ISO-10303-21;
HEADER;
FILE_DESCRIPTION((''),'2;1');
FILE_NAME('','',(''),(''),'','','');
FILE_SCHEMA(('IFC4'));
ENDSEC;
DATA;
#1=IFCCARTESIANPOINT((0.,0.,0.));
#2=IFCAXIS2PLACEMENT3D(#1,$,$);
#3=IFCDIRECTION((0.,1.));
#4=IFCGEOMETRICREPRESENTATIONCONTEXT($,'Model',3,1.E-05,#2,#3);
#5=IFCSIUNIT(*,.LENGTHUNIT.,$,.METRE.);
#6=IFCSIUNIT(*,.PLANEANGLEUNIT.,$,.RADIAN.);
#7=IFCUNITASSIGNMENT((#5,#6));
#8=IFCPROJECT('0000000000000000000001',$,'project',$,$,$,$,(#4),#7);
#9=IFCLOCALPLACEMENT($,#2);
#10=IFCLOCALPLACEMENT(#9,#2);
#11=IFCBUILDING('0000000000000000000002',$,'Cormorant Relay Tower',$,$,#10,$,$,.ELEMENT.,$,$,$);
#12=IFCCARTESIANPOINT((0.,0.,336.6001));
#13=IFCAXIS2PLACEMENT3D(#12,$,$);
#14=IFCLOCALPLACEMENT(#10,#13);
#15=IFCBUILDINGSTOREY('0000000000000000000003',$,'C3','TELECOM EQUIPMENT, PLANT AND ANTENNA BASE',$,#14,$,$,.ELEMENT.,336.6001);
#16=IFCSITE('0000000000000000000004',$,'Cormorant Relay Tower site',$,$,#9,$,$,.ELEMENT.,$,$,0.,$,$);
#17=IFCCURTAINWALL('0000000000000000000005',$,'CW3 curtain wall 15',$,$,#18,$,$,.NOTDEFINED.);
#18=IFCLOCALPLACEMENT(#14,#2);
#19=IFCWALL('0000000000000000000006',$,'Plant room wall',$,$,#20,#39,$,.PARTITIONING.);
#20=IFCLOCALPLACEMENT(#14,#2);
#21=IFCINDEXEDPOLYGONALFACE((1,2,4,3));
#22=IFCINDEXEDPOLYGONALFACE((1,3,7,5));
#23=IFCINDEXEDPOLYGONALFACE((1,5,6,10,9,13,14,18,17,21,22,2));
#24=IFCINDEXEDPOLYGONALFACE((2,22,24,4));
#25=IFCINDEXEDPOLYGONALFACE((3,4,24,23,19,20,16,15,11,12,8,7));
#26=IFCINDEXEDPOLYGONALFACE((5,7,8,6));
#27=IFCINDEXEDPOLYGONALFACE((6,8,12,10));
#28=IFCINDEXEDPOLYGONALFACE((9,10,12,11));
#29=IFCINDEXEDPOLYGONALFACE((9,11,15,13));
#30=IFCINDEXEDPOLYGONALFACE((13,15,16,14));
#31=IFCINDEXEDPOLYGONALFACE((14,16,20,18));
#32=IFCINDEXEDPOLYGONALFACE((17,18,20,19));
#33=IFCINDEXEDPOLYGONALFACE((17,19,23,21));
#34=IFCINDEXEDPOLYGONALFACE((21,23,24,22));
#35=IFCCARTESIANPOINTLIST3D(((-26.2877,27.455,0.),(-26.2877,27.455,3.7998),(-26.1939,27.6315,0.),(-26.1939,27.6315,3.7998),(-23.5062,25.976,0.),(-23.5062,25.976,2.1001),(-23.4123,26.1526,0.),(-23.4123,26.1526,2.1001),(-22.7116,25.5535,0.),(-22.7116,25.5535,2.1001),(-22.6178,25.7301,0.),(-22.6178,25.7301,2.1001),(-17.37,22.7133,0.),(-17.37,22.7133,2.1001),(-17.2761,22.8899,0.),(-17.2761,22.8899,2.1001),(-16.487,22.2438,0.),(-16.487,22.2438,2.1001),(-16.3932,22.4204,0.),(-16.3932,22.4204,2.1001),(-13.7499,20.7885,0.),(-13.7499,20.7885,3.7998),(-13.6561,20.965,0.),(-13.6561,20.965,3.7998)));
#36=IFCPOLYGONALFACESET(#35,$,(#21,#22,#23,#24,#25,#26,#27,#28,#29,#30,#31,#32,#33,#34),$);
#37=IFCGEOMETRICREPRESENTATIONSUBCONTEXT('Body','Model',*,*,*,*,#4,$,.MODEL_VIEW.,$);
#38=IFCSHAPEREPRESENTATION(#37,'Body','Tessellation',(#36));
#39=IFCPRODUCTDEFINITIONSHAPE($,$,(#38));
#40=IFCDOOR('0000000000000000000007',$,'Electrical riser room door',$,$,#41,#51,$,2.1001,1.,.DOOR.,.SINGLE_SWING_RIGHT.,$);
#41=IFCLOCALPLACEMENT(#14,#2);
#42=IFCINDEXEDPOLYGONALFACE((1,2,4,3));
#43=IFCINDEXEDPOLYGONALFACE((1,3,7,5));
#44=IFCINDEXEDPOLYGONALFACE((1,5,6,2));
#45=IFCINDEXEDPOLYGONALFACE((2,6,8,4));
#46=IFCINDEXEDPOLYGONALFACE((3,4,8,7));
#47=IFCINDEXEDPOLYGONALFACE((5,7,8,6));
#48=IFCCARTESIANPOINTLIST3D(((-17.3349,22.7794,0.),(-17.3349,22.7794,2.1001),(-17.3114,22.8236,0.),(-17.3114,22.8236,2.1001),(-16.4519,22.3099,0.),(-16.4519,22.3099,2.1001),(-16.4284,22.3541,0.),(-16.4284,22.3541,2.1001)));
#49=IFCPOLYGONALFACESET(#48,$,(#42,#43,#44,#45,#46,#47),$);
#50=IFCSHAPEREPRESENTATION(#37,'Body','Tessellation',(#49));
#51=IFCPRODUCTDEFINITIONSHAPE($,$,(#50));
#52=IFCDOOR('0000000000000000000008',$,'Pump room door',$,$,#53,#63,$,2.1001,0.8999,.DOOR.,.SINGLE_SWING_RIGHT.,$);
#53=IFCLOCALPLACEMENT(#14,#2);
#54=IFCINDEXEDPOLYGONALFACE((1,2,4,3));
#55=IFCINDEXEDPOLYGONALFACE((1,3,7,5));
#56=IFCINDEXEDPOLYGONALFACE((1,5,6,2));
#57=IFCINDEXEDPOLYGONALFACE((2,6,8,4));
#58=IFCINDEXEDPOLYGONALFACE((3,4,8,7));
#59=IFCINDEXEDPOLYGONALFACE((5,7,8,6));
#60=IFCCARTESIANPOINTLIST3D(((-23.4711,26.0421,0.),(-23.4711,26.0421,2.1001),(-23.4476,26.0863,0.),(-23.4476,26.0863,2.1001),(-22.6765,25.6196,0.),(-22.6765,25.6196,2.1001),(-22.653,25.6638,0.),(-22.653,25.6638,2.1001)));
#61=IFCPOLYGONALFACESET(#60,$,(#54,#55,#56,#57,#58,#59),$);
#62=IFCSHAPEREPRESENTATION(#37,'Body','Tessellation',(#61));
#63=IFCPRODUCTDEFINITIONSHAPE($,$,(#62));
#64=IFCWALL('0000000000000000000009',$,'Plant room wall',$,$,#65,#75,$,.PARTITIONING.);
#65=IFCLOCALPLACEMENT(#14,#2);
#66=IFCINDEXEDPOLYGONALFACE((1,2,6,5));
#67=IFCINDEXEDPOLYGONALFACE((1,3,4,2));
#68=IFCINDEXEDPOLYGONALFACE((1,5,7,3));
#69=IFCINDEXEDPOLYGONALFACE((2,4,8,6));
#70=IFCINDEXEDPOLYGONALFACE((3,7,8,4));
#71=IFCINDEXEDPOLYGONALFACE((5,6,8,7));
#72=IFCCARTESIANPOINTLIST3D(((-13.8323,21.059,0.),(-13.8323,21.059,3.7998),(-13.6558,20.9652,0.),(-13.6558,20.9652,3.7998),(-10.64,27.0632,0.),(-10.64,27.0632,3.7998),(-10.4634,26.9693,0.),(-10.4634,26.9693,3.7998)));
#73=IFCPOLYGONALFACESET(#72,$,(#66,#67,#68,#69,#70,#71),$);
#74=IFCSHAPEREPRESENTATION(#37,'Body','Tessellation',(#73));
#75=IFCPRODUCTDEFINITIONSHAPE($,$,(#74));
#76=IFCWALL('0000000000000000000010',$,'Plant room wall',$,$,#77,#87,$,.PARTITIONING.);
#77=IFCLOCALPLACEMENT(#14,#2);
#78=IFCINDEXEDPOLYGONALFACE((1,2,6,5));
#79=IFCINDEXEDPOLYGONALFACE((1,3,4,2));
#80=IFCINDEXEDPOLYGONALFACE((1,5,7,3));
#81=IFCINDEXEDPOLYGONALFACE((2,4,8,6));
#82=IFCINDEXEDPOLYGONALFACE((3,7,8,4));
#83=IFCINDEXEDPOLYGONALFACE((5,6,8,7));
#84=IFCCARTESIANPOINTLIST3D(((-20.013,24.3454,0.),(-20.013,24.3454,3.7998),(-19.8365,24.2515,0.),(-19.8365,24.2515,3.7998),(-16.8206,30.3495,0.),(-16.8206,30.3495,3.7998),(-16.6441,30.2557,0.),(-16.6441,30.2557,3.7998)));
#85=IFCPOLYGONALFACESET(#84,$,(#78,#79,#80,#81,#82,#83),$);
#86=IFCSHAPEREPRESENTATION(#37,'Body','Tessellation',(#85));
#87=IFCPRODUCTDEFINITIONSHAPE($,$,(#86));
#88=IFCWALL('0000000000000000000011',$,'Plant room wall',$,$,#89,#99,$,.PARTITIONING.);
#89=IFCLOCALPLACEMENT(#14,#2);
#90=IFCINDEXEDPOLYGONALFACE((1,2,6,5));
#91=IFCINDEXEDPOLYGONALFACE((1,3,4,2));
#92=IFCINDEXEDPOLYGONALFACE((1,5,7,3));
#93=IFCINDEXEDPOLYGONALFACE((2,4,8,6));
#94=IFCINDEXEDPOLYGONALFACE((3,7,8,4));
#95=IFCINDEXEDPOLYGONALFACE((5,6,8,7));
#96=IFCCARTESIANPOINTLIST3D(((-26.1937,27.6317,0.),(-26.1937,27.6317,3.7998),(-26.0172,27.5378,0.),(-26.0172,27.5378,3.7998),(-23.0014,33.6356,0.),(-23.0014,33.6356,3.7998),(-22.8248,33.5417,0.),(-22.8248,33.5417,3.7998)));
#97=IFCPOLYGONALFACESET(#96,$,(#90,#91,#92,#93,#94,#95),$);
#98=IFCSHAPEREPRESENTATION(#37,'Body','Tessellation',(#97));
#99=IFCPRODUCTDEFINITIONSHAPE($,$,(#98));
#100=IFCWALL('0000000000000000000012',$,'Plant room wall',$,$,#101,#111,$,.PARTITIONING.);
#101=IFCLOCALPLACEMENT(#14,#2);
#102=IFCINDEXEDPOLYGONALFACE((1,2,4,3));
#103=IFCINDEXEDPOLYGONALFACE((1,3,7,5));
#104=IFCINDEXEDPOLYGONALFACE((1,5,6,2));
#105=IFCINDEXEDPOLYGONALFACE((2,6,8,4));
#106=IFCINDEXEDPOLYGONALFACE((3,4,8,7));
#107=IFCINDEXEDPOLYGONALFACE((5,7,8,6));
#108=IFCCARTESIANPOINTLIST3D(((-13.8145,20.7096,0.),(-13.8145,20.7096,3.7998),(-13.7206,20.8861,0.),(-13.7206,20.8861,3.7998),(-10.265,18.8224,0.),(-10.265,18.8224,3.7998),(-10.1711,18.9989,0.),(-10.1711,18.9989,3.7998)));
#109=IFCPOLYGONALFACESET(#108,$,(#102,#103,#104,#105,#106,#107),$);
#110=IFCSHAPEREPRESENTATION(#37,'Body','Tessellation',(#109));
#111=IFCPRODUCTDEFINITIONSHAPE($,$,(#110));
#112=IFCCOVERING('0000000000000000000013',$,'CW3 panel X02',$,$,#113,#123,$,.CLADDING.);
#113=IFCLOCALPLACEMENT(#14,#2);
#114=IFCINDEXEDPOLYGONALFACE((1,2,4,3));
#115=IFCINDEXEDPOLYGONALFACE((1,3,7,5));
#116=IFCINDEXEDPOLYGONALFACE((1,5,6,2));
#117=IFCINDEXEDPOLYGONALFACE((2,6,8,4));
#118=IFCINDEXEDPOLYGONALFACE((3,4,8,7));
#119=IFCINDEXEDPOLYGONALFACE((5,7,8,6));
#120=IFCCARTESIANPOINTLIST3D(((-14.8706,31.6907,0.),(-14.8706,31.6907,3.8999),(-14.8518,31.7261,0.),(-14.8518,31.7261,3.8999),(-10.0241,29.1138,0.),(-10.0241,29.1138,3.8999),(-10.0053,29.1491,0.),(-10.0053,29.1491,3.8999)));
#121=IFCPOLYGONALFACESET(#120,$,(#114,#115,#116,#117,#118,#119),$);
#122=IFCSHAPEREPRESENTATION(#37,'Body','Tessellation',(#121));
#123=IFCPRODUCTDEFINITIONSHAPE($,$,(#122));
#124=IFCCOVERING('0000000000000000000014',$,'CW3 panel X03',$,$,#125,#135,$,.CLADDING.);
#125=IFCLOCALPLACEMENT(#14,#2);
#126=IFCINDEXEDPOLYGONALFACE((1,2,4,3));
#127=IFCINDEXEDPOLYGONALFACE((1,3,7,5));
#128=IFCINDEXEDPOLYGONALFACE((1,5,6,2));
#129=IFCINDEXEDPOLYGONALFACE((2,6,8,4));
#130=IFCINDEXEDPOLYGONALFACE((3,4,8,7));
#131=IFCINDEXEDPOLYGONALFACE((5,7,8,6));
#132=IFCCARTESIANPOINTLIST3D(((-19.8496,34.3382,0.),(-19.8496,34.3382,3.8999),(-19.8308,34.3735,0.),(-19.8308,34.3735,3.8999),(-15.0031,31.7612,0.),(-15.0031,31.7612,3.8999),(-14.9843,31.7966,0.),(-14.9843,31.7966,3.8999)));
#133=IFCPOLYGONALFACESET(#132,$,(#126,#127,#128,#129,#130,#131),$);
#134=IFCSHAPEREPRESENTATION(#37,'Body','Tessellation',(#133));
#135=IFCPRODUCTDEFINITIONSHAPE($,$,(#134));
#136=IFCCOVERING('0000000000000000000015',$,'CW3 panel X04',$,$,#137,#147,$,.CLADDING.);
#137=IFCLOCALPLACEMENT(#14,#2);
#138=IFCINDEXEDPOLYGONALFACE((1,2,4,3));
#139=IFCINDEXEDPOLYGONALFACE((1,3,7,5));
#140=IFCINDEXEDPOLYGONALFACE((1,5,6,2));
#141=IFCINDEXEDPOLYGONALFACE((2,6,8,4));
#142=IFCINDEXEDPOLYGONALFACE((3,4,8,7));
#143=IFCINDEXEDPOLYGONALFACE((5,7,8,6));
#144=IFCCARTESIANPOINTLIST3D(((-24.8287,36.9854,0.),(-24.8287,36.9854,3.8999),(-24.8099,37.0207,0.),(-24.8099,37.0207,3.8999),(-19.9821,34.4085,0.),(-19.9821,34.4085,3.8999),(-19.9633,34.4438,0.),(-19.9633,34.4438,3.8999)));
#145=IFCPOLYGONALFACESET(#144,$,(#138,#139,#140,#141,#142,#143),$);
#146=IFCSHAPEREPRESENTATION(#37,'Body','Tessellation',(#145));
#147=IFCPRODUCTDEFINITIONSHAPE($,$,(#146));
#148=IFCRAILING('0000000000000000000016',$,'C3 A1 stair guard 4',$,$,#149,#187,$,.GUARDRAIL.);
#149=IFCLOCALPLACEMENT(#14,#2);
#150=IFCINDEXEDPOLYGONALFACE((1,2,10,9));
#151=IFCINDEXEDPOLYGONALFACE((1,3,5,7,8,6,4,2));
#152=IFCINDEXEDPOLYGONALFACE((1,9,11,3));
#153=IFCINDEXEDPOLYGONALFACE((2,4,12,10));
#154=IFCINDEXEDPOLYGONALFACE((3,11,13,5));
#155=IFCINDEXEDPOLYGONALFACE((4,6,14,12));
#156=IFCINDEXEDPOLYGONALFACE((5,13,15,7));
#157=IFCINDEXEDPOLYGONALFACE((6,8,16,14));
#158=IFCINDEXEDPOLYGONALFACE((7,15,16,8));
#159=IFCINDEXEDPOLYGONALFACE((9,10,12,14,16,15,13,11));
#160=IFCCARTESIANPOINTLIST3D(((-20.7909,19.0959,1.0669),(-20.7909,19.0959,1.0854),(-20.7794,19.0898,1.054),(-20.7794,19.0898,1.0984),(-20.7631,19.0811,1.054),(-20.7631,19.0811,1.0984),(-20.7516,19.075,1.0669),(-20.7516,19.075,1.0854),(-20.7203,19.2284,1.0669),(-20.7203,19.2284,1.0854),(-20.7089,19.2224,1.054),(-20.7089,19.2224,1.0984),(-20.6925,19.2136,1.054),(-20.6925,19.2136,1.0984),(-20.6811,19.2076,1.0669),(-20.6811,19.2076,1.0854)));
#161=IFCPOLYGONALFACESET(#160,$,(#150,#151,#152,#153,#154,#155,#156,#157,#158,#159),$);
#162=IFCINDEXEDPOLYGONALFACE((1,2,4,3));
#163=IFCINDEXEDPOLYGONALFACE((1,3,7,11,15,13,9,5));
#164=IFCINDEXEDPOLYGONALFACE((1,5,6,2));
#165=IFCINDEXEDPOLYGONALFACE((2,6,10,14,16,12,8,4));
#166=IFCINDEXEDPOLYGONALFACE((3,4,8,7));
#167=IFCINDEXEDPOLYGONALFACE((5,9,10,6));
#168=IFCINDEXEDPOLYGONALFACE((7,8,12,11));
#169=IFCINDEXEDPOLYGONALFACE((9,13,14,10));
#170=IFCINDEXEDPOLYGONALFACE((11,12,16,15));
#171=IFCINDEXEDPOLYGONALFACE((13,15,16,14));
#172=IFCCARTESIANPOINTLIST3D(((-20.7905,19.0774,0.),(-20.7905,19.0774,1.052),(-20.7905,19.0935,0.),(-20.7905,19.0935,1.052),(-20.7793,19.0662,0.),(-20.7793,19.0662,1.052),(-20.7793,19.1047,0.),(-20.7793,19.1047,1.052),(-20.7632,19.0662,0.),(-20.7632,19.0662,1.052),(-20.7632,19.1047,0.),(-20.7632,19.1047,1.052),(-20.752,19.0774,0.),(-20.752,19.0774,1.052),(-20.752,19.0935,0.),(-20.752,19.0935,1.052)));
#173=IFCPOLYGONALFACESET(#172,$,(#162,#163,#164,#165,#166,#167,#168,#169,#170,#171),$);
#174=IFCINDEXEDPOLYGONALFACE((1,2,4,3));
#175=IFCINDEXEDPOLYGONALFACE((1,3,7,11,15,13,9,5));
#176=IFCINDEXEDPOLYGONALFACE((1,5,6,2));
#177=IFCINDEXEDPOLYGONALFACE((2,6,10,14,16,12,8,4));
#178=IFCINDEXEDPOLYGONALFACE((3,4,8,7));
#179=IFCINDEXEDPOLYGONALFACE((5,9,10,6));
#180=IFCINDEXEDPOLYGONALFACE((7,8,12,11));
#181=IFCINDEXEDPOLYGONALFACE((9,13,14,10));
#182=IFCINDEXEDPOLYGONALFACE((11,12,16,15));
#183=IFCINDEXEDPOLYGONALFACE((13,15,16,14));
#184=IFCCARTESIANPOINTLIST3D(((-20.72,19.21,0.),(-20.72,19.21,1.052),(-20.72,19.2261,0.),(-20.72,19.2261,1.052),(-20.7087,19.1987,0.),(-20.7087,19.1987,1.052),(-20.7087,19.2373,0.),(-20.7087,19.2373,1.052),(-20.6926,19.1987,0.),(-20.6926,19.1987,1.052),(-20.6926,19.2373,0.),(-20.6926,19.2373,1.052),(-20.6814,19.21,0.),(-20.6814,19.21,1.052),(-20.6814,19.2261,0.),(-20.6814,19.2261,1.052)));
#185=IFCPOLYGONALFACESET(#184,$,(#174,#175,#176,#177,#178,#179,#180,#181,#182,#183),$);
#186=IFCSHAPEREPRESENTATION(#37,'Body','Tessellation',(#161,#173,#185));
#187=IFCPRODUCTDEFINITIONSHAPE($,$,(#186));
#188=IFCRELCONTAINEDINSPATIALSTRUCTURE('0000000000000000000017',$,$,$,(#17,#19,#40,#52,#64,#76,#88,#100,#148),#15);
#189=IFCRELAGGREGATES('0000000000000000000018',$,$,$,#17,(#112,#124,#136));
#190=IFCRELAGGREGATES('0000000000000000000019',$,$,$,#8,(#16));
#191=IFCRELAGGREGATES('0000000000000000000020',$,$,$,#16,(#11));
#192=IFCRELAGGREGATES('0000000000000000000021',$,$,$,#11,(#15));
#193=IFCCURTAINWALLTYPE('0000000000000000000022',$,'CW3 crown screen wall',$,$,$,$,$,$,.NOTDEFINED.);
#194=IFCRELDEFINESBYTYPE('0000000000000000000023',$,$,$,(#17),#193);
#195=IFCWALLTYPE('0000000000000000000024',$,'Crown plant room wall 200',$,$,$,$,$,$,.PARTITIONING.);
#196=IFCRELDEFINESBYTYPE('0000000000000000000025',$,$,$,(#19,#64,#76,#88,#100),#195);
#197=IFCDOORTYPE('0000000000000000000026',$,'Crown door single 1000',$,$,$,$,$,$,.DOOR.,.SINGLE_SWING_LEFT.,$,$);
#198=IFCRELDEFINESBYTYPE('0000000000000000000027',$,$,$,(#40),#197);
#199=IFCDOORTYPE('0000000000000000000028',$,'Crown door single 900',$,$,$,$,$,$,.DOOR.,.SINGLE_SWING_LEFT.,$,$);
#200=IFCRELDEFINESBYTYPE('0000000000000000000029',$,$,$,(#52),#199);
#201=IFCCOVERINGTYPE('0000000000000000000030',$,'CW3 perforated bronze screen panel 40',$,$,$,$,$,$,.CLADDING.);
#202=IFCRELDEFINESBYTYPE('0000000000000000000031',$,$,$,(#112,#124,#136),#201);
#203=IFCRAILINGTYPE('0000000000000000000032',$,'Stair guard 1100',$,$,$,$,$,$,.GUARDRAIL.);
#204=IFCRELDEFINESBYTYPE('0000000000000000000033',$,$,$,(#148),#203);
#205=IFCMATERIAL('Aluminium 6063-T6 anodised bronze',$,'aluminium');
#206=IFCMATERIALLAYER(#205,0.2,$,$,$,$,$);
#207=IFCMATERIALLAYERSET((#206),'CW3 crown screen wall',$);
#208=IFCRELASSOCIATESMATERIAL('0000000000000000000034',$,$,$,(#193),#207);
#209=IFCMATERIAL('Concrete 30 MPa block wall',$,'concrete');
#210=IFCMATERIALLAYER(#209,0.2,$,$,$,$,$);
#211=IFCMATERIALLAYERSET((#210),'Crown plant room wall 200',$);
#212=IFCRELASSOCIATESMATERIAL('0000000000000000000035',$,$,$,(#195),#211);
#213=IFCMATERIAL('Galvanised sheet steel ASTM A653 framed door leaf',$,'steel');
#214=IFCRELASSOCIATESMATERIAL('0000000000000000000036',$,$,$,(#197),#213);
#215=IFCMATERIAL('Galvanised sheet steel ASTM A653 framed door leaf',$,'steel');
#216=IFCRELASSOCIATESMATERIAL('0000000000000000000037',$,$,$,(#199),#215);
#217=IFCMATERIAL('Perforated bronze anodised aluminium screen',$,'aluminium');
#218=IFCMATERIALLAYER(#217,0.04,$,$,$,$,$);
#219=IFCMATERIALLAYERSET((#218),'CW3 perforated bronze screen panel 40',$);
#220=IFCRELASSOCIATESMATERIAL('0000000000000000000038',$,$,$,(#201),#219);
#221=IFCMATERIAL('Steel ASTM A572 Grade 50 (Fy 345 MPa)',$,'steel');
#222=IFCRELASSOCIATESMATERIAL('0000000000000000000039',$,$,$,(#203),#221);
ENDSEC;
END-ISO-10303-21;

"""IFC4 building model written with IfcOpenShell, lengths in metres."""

from ifc_helpers import new_model, si_unit, direction, frame, frame_2d, origin, origin_2d, place, context, subcontext, project, spatial, polyline, rectangle, outline, extrude, material, layer, layer_set, type_object, element, fill, aggregate, save


model = new_model("IFC4")

# Units and contexts
model_context = context("Model", 3, precision=1e-05, world=origin(), true_north=direction((0.0, 1.0)))
body_context = subcontext(model_context, "Body", "Model", "MODEL_VIEW")
ifc_project = project(units=[si_unit("LENGTHUNIT", "METRE"), si_unit("PLANEANGLEUNIT", "RADIAN")], contexts=[model_context])

# Site, building, storey
site_placement = place(None, origin())
site = spatial("IfcSite", under=ifc_project, at=site_placement, Name="Cormorant Relay Tower site", CompositionType="ELEMENT", RefElevation=0.0)
building_placement = place(site_placement, origin())
building = spatial("IfcBuilding", under=site, at=building_placement, Name="Cormorant Relay Tower", CompositionType="ELEMENT")
storey_placement = place(building_placement, frame((0.0, 0.0, 336.6001)))
storey = spatial("IfcBuildingStorey", under=building, at=storey_placement, Name="C3", Description="TELECOM EQUIPMENT, PLANT AND ANTENNA BASE", CompositionType="ELEMENT", Elevation=336.6001)

# Curtain wall
ifc_material_1 = material(Name="Aluminium 6063-T6 anodised bronze", Category="aluminium")
ifc_layer_1 = layer(ifc_material_1, 0.2)
ifc_layer_set_1 = layer_set([ifc_layer_1], Name="CW3 crown screen wall")
curtain_wall_type = type_object("IfcCurtainWallType", Name="CW3 crown screen wall", PredefinedType="NOTDEFINED", material=ifc_layer_set_1)
curtain_wall_placement = place(storey_placement, origin())
curtain_wall = element("IfcCurtainWall", 1, at=curtain_wall_placement, inside=storey, type_object=curtain_wall_type, Name="CW3 curtain wall 15", PredefinedType="NOTDEFINED")

# Shared definitions
ifc_material_2 = material(Name="Concrete 30 MPa block wall", Category="concrete")
ifc_layer_2 = layer(ifc_material_2, 0.2)
ifc_layer_set_2 = layer_set([ifc_layer_2], Name="Crown plant room wall 200")
wall_type_1 = type_object("IfcWallType", Name="Crown plant room wall 200", PredefinedType="PARTITIONING", material=ifc_layer_set_2)

# Wall, openings, doors
wall_1_placement = place(storey_placement, frame((-13.7029, 20.8767, 0.0), z_axis=(0.0, 0.0, 1.0), x_axis=(-0.882947, 0.469472, 0.0)))
wall_1 = element("IfcWall", 2, at=wall_1_placement, inside=storey, type_object=wall_type_1, Name="Plant room wall", PredefinedType="PARTITIONING", context=body_context, shape_type="SweptSolid", body=[
    extrude(rectangle(XDim=14.2, YDim=0.2, at=frame_2d((7.1001, 0.0))), origin(), (0.0, 0.0, 1.0), 3.7998),
])
opening_1_placement = place(wall_1_placement, frame((3.1001, 0.0, 0.0)))
opening_1 = element("IfcOpeningElement", 3, at=opening_1_placement, cuts=wall_1, PredefinedType="OPENING", context=body_context, shape_type="SweptSolid", body=[
    extrude(rectangle(XDim=1.0, YDim=2.1001, at=frame_2d((0.5, 1.05))), frame((0.0, 0.1099, 0.0), z_axis=(0.0, -1.0, 0.0), x_axis=(1.0, 0.0, 0.0)), (0.0, 0.0, 1.0), 0.22),
])
opening_2_placement = place(wall_1_placement, frame((10.1499, 0.0, 0.0)))
opening_2 = element("IfcOpeningElement", 4, at=opening_2_placement, cuts=wall_1, PredefinedType="OPENING", context=body_context, shape_type="SweptSolid", body=[
    extrude(rectangle(XDim=0.8999, YDim=2.1001, at=frame_2d((0.45, 1.05))), frame((0.0, 0.1099, 0.0), z_axis=(0.0, -1.0, 0.0), x_axis=(1.0, 0.0, 0.0)), (0.0, 0.0, 1.0), 0.22),
])
ifc_material_3 = material(Name="Galvanised sheet steel ASTM A653 framed door leaf", Category="steel")
door_type_1 = type_object("IfcDoorType", Name="Crown door single 1000", OperationType="SINGLE_SWING_LEFT", PredefinedType="DOOR", material=ifc_material_3)
door_1_placement = place(opening_1_placement, frame((1.0, 0.0, 0.0), z_axis=(0.0, 0.0, 1.0), x_axis=(-1.0, 0.0, 0.0)))
door_1 = element("IfcDoor", 5, at=door_1_placement, inside=storey, type_object=door_type_1, Name="Electrical riser room door", OperationType="SINGLE_SWING_RIGHT", OverallHeight=2.1001, OverallWidth=1.0, PredefinedType="DOOR", context=body_context, shape_type="SweptSolid", body=[
    extrude(rectangle(XDim=1.0, YDim=2.1001, at=frame_2d((0.5, 1.05))), frame((0.0, 0.0249, 0.0), z_axis=(0.0, -1.0, 0.0), x_axis=(1.0, 0.0, 0.0)), (0.0, 0.0, 1.0), 0.05),
])
fill(opening_1, door_1)
ifc_material_4 = material(Name="Galvanised sheet steel ASTM A653 framed door leaf", Category="steel")
door_type_2 = type_object("IfcDoorType", Name="Crown door single 900", OperationType="SINGLE_SWING_LEFT", PredefinedType="DOOR", material=ifc_material_4)
door_2_placement = place(opening_2_placement, frame((0.8999, 0.0, 0.0), z_axis=(0.0, 0.0, 1.0), x_axis=(-1.0, 0.0, 0.0)))
door_2 = element("IfcDoor", 6, at=door_2_placement, inside=storey, type_object=door_type_2, Name="Pump room door", OperationType="SINGLE_SWING_RIGHT", OverallHeight=2.1001, OverallWidth=0.8999, PredefinedType="DOOR", context=body_context, shape_type="SweptSolid", body=[
    extrude(rectangle(XDim=0.8999, YDim=2.1001, at=frame_2d((0.45, 1.05))), frame((0.0, 0.0249, 0.0), z_axis=(0.0, -1.0, 0.0), x_axis=(1.0, 0.0, 0.0)), (0.0, 0.0, 1.0), 0.05),
])
fill(opening_2, door_2)

# Walls
for number, where, z_axis, x_axis, name in (
    (7, (-10.5518, 27.0161, 0.0), (0.0, 0.0, 1.0), (-0.469462, -0.882953, 0.0), "Plant room wall"),
    (8, (-16.7324, 30.3025, 0.0), (0.0, 0.0, 1.0), (-0.469462, -0.882953, 0.0), "Plant room wall"),
):
    element("IfcWall", number, at=place(storey_placement, frame(where, z_axis=z_axis, x_axis=x_axis)), inside=storey, type_object=wall_type_1, Name=name, PredefinedType="PARTITIONING", context=body_context, shape_type="SweptSolid", body=[
        extrude(rectangle(XDim=6.8, YDim=0.2, at=frame_2d((3.3999, 0.0))), origin(), (0.0, 0.0, 1.0), 3.7998),
    ])
wall_2_placement = place(storey_placement, frame((-22.9131, 33.5886, 0.0), z_axis=(0.0, 0.0, 1.0), x_axis=(-0.469477, -0.882945, 0.0)))
element("IfcWall", 9, at=wall_2_placement, inside=storey, type_object=wall_type_1, Name="Plant room wall", PredefinedType="PARTITIONING", context=body_context, shape_type="SweptSolid", body=[
    extrude(rectangle(XDim=6.7998, YDim=0.2, at=frame_2d((3.3999, 0.0))), origin(), (0.0, 0.0, 1.0), 3.7998),
])
wall_3_placement = place(storey_placement, frame((-13.7676, 20.7979, 0.0), z_axis=(0.0, 0.0, 1.0), x_axis=(0.882961, -0.469447, 0.0)))
element("IfcWall", 10, at=wall_3_placement, inside=storey, type_object=wall_type_1, Name="Plant room wall", PredefinedType="PARTITIONING", context=body_context, shape_type="SweptSolid", body=[
    extrude(rectangle(XDim=4.02, YDim=0.2, at=frame_2d((2.01, 0.0))), origin(), (0.0, 0.0, 1.0), 3.7998),
])

# Coverings
ifc_material_5 = material(Name="Perforated bronze anodised aluminium screen", Category="aluminium")
ifc_layer_3 = layer(ifc_material_5, 0.04)
ifc_layer_set_3 = layer_set([ifc_layer_3], Name="CW3 perforated bronze screen panel 40")
covering_type = type_object("IfcCoveringType", Name="CW3 perforated bronze screen panel 40", PredefinedType="CLADDING", material=ifc_layer_set_3)
covering_1_placement = place(storey_placement, frame((-12.438, 30.4199, 0.0), z_axis=(0.0, 0.0, 1.0), x_axis=(-0.882948, 0.469472, 0.0)))
covering_1 = element("IfcCovering", 11, at=covering_1_placement, type_object=covering_type, Name="CW3 panel X02", PredefinedType="CLADDING", context=body_context, shape_type="SweptSolid", body=[
    extrude(rectangle(XDim=5.489, YDim=0.04, at=origin_2d()), origin(), (0.0, 0.0, 1.0), 3.8999),
])
covering_2_placement = place(storey_placement, frame((-17.417, 33.0674, 0.0), z_axis=(0.0, 0.0, 1.0), x_axis=(-0.882948, 0.469472, 0.0)))
covering_2 = element("IfcCovering", 12, at=covering_2_placement, type_object=covering_type, Name="CW3 panel X03", PredefinedType="CLADDING", context=body_context, shape_type="SweptSolid", body=[
    extrude(rectangle(XDim=5.489, YDim=0.04, at=origin_2d()), origin(), (0.0, 0.0, 1.0), 3.8999),
])
covering_3_placement = place(storey_placement, frame((-22.396, 35.7146, 0.0), z_axis=(0.0, 0.0, 1.0), x_axis=(-0.882948, 0.469472, 0.0)))
covering_3 = element("IfcCovering", 13, at=covering_3_placement, type_object=covering_type, Name="CW3 panel X04", PredefinedType="CLADDING", context=body_context, shape_type="SweptSolid", body=[
    extrude(rectangle(XDim=5.489, YDim=0.04, at=origin_2d()), origin(), (0.0, 0.0, 1.0), 3.8999),
])
aggregate(curtain_wall, [covering_1, covering_2, covering_3])

# Railing
ifc_material_6 = material(Name="Steel ASTM A572 Grade 50 (Fy 345 MPa)", Category="steel")
railing_type_1 = type_object("IfcRailingType", Name="Stair guard 1100", PredefinedType="GUARDRAIL", material=ifc_material_6)
railing_1_placement = place(storey_placement, frame((-20.7712, 19.0854, 0.0)))
element("IfcRailing", 14, at=railing_1_placement, inside=storey, type_object=railing_type_1, Name="C3 A1 stair guard 4", PredefinedType="GUARDRAIL", context=body_context, shape_type="SweptSolid", body=[
    extrude(outline(polyline([(0.0222, 0.0093), (0.0093, 0.0222), (-0.0093, 0.0222), (-0.0222, 0.0093), (-0.0222, -0.0093), (-0.0093, -0.0222), (0.0093, -0.0222), (0.0222, -0.0093), (0.0222, 0.0093)])), frame((0.0, 0.0, 1.0762), z_axis=(0.469829, 0.882758, 0.0), x_axis=(-0.882758, 0.469829, 0.0)), (0.0, 0.0, 1.0), 0.1501),
    extrude(outline(polyline([(0.0193, 0.0081), (0.0081, 0.0193), (-0.0081, 0.0193), (-0.0193, 0.0081), (-0.0193, -0.0081), (-0.0081, -0.0193), (0.0081, -0.0193), (0.0193, -0.0081), (0.0193, 0.0081)])), origin(), (0.0, 0.0, 1.0), 1.052),
    extrude(outline(polyline([(0.0193, 0.0081), (0.0081, 0.0193), (-0.0081, 0.0193), (-0.0193, 0.0081), (-0.0193, -0.0081), (-0.0081, -0.0193), (0.0081, -0.0193), (0.0193, -0.0081), (0.0193, 0.0081)])), frame((0.0706, 0.1326, 0.0)), (0.0, 0.0, 1.0), 1.052),
])

save(model, "model.ifc")
